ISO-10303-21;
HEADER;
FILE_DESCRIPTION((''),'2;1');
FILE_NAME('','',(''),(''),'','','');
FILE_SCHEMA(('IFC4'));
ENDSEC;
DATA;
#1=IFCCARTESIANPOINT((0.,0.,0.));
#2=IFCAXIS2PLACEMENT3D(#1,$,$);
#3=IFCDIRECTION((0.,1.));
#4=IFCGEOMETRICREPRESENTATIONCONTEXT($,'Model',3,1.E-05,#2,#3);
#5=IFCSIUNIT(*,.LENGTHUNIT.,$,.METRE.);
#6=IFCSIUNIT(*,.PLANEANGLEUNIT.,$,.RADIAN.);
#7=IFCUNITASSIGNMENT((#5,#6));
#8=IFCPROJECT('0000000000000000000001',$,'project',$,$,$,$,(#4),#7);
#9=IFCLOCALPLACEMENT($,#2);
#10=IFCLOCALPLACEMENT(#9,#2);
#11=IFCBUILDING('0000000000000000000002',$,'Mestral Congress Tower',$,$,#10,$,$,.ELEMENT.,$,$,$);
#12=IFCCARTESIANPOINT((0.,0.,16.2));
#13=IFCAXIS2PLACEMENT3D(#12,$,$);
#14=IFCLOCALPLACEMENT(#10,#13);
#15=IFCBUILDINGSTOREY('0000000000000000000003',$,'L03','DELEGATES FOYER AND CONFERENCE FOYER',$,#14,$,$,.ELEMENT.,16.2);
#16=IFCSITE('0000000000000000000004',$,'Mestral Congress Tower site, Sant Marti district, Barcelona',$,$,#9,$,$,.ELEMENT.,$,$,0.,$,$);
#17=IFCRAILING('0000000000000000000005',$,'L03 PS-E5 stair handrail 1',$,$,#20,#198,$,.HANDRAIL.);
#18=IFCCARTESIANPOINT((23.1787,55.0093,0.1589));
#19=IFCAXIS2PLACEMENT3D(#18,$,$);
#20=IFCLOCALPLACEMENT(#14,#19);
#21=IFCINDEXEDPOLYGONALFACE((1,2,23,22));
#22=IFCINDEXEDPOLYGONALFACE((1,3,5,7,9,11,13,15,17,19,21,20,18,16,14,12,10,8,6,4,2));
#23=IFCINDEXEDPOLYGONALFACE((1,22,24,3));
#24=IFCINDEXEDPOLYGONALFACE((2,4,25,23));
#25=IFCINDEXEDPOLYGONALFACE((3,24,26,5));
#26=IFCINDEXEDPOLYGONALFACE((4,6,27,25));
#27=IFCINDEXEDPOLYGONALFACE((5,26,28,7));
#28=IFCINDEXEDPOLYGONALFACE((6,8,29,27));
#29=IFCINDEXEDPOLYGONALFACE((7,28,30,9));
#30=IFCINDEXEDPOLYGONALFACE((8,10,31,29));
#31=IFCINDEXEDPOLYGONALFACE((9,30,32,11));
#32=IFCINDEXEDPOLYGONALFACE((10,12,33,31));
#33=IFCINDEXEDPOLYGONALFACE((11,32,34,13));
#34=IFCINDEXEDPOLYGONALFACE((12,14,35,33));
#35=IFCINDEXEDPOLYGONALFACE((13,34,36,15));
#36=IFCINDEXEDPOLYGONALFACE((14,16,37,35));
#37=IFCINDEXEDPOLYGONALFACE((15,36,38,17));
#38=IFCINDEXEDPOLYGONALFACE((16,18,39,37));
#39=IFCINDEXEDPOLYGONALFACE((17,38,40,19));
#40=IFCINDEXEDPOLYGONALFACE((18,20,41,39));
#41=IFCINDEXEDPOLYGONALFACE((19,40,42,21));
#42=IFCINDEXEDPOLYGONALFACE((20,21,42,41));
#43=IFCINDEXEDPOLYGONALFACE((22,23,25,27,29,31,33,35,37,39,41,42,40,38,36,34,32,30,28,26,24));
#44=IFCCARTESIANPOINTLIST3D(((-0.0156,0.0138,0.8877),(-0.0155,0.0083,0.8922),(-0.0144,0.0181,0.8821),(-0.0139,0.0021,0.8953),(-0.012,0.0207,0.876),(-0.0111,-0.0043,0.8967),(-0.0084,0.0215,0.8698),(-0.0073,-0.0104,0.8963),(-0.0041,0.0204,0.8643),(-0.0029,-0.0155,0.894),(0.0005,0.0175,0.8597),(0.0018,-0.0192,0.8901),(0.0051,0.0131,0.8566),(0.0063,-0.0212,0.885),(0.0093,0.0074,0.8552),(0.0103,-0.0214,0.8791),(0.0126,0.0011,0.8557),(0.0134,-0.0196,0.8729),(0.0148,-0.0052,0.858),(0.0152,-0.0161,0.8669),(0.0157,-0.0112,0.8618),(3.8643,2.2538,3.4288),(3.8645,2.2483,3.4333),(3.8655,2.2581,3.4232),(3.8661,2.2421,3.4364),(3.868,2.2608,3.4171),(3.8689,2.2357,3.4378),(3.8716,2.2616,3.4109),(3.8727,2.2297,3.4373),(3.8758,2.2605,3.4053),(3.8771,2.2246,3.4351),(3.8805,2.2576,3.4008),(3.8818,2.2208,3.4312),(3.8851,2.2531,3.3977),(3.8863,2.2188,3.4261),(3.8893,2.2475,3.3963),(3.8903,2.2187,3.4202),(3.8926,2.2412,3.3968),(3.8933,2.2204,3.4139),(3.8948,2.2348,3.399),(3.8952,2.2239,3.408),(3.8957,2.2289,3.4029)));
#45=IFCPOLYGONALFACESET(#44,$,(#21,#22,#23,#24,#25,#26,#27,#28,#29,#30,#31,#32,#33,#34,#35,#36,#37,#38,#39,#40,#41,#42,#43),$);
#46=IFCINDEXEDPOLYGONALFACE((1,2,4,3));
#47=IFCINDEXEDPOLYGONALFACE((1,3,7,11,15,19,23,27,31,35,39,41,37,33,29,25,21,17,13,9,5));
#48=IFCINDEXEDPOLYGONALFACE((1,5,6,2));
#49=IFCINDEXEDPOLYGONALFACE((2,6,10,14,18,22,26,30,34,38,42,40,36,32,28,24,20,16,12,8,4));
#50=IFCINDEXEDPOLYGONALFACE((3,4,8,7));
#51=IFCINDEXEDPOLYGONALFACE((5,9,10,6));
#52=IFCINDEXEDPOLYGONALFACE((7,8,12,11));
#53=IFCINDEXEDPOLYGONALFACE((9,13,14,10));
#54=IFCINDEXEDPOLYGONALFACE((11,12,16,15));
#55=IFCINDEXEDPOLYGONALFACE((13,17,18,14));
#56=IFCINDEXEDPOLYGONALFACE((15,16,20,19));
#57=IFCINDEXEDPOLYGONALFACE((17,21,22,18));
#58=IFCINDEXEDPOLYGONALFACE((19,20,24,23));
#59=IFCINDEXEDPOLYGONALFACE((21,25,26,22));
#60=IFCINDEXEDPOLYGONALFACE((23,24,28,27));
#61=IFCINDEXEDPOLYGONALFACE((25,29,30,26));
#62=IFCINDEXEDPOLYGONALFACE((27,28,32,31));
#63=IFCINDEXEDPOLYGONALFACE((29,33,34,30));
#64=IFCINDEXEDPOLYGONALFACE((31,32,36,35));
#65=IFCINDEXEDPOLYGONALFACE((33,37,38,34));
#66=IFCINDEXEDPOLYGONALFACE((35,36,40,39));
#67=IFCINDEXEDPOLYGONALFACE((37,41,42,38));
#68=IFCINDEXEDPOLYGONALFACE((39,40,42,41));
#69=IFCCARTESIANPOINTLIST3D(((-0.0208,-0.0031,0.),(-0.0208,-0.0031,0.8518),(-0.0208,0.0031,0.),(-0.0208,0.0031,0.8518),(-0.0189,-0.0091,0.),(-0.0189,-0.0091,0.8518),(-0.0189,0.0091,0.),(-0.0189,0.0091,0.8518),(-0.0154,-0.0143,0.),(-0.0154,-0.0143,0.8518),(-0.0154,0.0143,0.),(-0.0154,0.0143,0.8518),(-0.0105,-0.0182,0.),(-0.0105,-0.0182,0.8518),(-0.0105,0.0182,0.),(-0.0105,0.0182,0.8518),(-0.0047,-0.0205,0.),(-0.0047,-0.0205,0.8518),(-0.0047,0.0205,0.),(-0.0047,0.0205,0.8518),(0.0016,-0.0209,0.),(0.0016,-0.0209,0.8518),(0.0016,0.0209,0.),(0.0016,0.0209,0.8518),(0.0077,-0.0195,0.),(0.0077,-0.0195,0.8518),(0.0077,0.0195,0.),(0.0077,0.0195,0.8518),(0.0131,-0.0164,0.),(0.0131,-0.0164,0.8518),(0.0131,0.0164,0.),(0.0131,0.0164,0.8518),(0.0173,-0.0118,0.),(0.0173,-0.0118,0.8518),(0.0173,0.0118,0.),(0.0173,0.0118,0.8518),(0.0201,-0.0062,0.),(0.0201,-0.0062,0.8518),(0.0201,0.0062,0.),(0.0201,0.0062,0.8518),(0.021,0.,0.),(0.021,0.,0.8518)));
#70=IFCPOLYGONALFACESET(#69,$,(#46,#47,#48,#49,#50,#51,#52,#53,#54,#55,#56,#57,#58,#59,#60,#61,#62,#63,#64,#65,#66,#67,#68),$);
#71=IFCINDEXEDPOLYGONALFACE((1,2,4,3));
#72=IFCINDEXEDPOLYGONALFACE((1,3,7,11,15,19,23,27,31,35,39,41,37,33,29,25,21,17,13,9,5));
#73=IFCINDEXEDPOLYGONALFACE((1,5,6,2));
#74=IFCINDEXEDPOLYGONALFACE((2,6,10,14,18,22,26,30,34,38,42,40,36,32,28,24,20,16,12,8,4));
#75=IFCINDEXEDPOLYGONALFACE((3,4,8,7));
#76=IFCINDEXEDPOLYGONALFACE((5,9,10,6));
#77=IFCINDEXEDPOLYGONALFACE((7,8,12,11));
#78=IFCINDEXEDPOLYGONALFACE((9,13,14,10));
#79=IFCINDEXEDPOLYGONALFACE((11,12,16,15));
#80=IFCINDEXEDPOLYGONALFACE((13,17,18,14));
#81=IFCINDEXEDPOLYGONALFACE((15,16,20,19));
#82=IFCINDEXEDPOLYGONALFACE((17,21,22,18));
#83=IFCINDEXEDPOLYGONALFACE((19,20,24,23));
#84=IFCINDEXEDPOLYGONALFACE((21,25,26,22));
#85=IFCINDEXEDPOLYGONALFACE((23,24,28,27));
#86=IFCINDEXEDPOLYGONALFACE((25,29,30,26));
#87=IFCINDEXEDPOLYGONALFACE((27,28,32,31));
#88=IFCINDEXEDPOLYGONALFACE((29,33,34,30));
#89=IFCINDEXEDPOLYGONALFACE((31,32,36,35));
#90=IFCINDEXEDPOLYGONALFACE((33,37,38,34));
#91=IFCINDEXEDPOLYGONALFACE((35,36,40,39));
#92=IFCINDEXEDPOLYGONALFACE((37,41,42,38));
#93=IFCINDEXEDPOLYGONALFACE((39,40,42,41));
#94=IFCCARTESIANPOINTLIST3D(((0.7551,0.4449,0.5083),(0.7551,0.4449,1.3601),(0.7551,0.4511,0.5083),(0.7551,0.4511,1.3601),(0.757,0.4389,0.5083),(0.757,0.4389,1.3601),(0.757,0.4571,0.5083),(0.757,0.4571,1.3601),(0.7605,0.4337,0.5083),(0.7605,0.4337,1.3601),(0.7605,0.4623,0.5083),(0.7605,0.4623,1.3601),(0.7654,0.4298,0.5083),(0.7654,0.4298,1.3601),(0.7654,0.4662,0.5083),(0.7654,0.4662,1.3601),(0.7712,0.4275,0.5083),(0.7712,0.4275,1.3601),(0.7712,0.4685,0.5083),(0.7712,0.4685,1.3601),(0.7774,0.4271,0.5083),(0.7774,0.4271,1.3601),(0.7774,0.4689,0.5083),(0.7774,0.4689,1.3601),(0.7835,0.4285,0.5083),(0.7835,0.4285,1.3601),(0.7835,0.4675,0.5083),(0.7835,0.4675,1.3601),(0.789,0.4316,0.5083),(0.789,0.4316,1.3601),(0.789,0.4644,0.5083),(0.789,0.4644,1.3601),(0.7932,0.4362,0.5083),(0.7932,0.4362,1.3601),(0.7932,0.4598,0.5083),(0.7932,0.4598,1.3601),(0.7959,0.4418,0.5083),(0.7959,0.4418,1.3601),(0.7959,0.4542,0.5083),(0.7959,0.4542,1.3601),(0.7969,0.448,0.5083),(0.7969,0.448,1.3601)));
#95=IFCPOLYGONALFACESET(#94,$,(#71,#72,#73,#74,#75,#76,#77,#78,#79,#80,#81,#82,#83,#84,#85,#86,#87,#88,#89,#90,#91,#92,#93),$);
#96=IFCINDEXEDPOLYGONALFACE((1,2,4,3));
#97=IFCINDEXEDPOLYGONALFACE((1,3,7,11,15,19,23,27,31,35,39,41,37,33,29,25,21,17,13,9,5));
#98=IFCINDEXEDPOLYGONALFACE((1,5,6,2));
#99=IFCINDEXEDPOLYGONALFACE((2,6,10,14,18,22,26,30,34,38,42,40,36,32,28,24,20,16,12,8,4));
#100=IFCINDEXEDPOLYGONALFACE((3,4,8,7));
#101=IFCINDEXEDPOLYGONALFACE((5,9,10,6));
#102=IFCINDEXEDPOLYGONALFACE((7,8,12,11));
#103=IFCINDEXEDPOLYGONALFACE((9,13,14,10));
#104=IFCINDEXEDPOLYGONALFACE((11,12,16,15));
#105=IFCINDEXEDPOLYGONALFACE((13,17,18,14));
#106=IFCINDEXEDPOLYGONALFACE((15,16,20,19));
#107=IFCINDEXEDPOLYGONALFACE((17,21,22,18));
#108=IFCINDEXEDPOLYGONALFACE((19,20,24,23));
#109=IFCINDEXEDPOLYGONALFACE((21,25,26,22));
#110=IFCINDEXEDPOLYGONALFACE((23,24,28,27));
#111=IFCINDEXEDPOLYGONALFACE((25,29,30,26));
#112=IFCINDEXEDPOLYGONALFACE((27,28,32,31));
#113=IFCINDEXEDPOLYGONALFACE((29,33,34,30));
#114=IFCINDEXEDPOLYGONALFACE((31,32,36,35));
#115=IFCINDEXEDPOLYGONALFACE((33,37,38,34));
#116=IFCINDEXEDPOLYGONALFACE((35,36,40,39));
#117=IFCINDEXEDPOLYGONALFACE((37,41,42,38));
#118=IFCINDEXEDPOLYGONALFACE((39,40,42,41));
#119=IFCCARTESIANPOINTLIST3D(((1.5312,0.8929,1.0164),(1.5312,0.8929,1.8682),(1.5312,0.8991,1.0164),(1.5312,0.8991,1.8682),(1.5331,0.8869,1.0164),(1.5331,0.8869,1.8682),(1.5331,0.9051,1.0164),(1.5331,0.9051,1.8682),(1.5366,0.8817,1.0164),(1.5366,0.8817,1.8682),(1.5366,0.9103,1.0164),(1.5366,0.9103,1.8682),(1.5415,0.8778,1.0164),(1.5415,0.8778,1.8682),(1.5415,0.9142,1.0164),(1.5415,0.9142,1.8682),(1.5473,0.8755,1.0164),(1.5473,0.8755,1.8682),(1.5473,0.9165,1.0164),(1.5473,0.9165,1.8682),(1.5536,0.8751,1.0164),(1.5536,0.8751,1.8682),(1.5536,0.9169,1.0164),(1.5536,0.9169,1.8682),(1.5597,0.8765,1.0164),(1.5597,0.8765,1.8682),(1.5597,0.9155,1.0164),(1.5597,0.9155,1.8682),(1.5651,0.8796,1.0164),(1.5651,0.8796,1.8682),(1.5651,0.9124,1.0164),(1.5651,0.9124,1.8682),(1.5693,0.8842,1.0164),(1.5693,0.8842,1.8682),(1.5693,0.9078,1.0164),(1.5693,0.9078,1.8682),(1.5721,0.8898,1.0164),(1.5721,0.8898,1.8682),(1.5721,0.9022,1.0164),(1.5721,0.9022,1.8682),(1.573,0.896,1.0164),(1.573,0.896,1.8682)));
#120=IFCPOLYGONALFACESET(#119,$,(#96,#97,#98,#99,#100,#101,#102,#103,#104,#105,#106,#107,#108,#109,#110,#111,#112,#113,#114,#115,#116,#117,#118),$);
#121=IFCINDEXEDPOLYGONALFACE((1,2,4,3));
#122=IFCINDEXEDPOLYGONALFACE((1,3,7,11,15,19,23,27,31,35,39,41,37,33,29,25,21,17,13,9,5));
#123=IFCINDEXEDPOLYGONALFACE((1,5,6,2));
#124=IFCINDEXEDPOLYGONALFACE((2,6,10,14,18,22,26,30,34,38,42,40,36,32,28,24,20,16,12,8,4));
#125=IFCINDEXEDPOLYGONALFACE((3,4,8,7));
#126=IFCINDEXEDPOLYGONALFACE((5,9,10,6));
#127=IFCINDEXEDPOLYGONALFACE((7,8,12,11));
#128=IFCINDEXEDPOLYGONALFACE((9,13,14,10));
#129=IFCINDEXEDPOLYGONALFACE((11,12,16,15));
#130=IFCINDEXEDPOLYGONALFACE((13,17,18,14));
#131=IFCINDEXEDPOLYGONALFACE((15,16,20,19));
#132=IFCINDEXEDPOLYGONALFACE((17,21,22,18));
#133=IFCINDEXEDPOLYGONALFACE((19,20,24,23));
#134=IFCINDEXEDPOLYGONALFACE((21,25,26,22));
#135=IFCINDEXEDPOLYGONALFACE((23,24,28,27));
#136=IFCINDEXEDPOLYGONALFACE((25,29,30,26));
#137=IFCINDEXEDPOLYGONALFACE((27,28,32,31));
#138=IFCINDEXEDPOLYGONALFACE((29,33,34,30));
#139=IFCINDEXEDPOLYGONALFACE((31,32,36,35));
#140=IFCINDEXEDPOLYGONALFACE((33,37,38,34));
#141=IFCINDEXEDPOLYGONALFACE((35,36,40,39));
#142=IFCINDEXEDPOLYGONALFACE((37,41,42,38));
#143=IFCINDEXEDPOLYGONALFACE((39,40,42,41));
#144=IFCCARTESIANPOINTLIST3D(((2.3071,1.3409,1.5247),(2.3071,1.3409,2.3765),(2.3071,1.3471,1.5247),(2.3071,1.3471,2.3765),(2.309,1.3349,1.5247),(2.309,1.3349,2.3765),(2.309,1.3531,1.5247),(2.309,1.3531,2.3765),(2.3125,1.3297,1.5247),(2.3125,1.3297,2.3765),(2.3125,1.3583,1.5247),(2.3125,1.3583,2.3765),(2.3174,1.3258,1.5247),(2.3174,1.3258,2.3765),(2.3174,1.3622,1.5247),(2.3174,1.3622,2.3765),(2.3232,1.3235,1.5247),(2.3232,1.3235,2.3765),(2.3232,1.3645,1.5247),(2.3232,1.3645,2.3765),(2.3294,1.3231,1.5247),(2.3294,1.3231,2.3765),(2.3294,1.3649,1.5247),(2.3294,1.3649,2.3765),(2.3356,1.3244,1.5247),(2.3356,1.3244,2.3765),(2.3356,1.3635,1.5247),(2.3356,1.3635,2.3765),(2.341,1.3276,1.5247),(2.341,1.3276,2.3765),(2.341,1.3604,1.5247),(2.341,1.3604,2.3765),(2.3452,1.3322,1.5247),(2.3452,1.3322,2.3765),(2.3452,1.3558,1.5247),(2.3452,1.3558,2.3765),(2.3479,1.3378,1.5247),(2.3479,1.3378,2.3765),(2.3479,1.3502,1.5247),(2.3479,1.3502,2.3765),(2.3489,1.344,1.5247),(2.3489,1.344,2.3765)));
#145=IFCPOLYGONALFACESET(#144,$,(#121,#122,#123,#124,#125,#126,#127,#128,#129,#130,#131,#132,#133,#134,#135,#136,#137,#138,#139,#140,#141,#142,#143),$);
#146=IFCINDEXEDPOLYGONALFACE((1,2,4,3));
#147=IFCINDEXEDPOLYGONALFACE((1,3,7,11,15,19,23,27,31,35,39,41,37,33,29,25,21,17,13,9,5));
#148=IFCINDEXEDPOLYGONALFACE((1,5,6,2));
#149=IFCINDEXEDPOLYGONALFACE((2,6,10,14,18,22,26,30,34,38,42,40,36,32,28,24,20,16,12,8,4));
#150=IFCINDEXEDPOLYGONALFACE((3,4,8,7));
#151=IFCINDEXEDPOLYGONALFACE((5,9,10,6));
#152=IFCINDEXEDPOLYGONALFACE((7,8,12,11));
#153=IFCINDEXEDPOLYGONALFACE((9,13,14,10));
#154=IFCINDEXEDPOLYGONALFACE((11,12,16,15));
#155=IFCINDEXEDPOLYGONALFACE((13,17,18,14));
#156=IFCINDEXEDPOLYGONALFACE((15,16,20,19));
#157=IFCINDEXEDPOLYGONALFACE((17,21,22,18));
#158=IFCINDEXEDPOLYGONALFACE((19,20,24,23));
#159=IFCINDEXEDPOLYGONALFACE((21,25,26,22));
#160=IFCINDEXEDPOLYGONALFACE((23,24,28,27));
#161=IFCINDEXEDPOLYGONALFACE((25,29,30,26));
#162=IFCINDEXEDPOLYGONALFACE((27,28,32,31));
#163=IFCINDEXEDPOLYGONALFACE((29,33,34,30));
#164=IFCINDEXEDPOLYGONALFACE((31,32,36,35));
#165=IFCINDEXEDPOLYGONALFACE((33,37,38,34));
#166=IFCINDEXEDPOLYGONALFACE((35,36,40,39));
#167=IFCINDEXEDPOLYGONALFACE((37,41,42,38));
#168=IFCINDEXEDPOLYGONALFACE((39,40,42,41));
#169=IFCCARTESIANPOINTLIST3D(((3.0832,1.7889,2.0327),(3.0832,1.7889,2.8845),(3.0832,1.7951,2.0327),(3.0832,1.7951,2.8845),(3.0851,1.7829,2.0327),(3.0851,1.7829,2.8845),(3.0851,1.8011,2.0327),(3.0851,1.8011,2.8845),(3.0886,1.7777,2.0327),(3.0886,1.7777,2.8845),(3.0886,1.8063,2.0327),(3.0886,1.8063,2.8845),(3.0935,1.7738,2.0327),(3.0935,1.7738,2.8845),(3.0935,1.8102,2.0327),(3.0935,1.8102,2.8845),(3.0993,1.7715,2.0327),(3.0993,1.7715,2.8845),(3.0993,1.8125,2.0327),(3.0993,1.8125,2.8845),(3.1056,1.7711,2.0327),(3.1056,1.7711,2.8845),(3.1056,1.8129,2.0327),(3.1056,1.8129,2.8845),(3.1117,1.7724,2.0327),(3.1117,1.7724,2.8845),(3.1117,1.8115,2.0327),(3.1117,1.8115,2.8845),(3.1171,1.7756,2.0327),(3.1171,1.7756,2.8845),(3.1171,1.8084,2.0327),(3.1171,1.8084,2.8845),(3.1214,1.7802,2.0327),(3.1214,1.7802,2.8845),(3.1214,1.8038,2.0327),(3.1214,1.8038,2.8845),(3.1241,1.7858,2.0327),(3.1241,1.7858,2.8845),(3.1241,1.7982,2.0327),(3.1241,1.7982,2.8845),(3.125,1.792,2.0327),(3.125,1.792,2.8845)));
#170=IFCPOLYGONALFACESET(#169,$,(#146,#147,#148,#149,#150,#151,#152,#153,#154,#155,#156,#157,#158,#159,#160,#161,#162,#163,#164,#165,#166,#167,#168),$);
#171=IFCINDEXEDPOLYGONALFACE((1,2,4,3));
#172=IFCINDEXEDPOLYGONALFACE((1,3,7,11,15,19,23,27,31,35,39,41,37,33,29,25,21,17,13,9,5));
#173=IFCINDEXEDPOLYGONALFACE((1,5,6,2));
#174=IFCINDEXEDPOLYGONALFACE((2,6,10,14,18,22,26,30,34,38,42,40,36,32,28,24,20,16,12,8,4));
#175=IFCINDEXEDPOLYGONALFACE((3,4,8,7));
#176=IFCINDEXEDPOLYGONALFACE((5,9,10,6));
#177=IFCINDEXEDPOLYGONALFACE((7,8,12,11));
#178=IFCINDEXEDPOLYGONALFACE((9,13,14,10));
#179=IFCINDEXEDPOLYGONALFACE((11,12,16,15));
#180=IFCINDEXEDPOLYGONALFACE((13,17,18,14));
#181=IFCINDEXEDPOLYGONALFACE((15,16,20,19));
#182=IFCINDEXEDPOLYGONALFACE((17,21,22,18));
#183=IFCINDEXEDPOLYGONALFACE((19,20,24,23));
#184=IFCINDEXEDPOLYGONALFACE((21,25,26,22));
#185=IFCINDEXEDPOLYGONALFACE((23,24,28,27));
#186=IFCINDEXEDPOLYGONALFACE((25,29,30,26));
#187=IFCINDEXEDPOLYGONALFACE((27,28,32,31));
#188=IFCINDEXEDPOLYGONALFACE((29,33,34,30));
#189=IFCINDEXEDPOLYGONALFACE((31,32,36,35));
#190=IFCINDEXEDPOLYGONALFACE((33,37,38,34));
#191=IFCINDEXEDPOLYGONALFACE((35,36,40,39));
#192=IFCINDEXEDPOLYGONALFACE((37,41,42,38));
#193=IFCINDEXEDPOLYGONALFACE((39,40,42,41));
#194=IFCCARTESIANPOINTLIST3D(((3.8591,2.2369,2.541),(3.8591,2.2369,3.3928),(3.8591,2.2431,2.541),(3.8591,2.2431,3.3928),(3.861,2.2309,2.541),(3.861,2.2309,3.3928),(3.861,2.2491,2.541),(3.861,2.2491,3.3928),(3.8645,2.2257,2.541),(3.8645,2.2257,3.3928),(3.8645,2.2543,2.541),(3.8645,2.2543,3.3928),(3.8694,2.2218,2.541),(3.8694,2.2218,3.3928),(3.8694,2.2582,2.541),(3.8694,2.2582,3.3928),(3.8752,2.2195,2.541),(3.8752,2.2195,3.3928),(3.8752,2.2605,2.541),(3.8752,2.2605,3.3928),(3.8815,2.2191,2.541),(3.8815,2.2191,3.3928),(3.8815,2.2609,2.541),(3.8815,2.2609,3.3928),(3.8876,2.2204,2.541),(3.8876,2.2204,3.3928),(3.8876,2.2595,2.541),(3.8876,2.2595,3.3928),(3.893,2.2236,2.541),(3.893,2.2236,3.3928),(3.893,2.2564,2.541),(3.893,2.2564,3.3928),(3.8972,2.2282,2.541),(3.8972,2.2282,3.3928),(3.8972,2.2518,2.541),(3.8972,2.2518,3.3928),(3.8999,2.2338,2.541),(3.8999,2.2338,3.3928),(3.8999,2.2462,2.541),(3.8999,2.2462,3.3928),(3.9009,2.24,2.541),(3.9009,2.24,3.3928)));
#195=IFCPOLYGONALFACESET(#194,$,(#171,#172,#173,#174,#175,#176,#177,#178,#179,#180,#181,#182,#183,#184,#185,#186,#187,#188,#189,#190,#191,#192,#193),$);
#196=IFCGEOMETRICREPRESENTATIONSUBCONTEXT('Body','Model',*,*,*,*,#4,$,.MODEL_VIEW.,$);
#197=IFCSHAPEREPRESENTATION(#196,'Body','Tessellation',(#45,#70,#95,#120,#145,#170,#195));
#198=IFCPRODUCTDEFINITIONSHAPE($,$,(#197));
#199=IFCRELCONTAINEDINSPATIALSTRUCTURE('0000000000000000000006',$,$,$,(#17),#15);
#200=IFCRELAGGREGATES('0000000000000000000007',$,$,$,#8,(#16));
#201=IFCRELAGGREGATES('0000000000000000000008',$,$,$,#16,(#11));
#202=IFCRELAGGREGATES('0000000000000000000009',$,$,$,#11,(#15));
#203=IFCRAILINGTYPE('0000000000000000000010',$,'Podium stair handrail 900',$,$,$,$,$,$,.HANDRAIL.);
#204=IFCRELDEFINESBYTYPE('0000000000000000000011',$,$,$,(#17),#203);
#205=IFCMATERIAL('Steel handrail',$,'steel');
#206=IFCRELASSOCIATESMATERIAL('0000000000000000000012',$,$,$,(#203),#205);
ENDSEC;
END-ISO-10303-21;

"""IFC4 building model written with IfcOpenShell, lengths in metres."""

from ifc_helpers import new_model, si_unit, direction, frame, origin, origin_2d, place, context, subcontext, project, spatial, circle, extrude, material, type_object, element, save


model = new_model("IFC4")

# Units and contexts
model_context = context("Model", 3, precision=1e-05, world=origin(), true_north=direction((0.0, 1.0)))
body_context = subcontext(model_context, "Body", "Model", "MODEL_VIEW")
ifc_project = project(units=[si_unit("LENGTHUNIT", "METRE"), si_unit("PLANEANGLEUNIT", "RADIAN")], contexts=[model_context])

# Site, building, storey
site_placement = place(None, origin())
site = spatial("IfcSite", under=ifc_project, at=site_placement, Name="Mestral Congress Tower site, Sant Marti district, Barcelona", CompositionType="ELEMENT", RefElevation=0.0)
building_placement = place(site_placement, origin())
building = spatial("IfcBuilding", under=site, at=building_placement, Name="Mestral Congress Tower", CompositionType="ELEMENT")
storey_placement = place(building_placement, frame((0.0, 0.0, 16.2)))
storey = spatial("IfcBuildingStorey", under=building, at=storey_placement, Name="L03", Description="DELEGATES FOYER AND CONFERENCE FOYER", CompositionType="ELEMENT", Elevation=16.2)

# Railing
ifc_material_1 = material(Name="Steel handrail", Category="steel")
railing_type_1 = type_object("IfcRailingType", Name="Podium stair handrail 900", PredefinedType="HANDRAIL", material=ifc_material_1)
railing_1_placement = place(storey_placement, frame((23.1787, 55.0093, 0.1589)))
element("IfcRailing", 1, at=railing_1_placement, inside=storey, type_object=railing_type_1, Name="L03 PS-E5 stair handrail 1", PredefinedType="HANDRAIL", context=body_context, shape_type="SweptSolid", body=[
    extrude(circle(Radius=0.0239, at=origin_2d()), frame((0.0, 0.0, 0.876), z_axis=(0.7533, 0.434906, 0.493352), x_axis=(-0.49999, 0.866031, 0.0)), (0.0, 0.0, 1.0), 5.1506),
    extrude(circle(Radius=0.021, at=origin_2d()), origin(), (0.0, 0.0, 1.0), 0.8518),
    extrude(circle(Radius=0.021, at=origin_2d()), frame((0.7759, 0.448, 0.5083)), (0.0, 0.0, 1.0), 0.8518),
    extrude(circle(Radius=0.021, at=origin_2d()), frame((1.552, 0.896, 1.0164)), (0.0, 0.0, 1.0), 0.8518),
    extrude(circle(Radius=0.021, at=origin_2d()), frame((2.3279, 1.344, 1.5247)), (0.0, 0.0, 1.0), 0.8518),
    extrude(circle(Radius=0.021, at=origin_2d()), frame((3.104, 1.792, 2.0327)), (0.0, 0.0, 1.0), 0.8518),
    extrude(circle(Radius=0.021, at=origin_2d()), frame((3.8799, 2.24, 2.541)), (0.0, 0.0, 1.0), 0.8518),
])

save(model, "model.ifc")
